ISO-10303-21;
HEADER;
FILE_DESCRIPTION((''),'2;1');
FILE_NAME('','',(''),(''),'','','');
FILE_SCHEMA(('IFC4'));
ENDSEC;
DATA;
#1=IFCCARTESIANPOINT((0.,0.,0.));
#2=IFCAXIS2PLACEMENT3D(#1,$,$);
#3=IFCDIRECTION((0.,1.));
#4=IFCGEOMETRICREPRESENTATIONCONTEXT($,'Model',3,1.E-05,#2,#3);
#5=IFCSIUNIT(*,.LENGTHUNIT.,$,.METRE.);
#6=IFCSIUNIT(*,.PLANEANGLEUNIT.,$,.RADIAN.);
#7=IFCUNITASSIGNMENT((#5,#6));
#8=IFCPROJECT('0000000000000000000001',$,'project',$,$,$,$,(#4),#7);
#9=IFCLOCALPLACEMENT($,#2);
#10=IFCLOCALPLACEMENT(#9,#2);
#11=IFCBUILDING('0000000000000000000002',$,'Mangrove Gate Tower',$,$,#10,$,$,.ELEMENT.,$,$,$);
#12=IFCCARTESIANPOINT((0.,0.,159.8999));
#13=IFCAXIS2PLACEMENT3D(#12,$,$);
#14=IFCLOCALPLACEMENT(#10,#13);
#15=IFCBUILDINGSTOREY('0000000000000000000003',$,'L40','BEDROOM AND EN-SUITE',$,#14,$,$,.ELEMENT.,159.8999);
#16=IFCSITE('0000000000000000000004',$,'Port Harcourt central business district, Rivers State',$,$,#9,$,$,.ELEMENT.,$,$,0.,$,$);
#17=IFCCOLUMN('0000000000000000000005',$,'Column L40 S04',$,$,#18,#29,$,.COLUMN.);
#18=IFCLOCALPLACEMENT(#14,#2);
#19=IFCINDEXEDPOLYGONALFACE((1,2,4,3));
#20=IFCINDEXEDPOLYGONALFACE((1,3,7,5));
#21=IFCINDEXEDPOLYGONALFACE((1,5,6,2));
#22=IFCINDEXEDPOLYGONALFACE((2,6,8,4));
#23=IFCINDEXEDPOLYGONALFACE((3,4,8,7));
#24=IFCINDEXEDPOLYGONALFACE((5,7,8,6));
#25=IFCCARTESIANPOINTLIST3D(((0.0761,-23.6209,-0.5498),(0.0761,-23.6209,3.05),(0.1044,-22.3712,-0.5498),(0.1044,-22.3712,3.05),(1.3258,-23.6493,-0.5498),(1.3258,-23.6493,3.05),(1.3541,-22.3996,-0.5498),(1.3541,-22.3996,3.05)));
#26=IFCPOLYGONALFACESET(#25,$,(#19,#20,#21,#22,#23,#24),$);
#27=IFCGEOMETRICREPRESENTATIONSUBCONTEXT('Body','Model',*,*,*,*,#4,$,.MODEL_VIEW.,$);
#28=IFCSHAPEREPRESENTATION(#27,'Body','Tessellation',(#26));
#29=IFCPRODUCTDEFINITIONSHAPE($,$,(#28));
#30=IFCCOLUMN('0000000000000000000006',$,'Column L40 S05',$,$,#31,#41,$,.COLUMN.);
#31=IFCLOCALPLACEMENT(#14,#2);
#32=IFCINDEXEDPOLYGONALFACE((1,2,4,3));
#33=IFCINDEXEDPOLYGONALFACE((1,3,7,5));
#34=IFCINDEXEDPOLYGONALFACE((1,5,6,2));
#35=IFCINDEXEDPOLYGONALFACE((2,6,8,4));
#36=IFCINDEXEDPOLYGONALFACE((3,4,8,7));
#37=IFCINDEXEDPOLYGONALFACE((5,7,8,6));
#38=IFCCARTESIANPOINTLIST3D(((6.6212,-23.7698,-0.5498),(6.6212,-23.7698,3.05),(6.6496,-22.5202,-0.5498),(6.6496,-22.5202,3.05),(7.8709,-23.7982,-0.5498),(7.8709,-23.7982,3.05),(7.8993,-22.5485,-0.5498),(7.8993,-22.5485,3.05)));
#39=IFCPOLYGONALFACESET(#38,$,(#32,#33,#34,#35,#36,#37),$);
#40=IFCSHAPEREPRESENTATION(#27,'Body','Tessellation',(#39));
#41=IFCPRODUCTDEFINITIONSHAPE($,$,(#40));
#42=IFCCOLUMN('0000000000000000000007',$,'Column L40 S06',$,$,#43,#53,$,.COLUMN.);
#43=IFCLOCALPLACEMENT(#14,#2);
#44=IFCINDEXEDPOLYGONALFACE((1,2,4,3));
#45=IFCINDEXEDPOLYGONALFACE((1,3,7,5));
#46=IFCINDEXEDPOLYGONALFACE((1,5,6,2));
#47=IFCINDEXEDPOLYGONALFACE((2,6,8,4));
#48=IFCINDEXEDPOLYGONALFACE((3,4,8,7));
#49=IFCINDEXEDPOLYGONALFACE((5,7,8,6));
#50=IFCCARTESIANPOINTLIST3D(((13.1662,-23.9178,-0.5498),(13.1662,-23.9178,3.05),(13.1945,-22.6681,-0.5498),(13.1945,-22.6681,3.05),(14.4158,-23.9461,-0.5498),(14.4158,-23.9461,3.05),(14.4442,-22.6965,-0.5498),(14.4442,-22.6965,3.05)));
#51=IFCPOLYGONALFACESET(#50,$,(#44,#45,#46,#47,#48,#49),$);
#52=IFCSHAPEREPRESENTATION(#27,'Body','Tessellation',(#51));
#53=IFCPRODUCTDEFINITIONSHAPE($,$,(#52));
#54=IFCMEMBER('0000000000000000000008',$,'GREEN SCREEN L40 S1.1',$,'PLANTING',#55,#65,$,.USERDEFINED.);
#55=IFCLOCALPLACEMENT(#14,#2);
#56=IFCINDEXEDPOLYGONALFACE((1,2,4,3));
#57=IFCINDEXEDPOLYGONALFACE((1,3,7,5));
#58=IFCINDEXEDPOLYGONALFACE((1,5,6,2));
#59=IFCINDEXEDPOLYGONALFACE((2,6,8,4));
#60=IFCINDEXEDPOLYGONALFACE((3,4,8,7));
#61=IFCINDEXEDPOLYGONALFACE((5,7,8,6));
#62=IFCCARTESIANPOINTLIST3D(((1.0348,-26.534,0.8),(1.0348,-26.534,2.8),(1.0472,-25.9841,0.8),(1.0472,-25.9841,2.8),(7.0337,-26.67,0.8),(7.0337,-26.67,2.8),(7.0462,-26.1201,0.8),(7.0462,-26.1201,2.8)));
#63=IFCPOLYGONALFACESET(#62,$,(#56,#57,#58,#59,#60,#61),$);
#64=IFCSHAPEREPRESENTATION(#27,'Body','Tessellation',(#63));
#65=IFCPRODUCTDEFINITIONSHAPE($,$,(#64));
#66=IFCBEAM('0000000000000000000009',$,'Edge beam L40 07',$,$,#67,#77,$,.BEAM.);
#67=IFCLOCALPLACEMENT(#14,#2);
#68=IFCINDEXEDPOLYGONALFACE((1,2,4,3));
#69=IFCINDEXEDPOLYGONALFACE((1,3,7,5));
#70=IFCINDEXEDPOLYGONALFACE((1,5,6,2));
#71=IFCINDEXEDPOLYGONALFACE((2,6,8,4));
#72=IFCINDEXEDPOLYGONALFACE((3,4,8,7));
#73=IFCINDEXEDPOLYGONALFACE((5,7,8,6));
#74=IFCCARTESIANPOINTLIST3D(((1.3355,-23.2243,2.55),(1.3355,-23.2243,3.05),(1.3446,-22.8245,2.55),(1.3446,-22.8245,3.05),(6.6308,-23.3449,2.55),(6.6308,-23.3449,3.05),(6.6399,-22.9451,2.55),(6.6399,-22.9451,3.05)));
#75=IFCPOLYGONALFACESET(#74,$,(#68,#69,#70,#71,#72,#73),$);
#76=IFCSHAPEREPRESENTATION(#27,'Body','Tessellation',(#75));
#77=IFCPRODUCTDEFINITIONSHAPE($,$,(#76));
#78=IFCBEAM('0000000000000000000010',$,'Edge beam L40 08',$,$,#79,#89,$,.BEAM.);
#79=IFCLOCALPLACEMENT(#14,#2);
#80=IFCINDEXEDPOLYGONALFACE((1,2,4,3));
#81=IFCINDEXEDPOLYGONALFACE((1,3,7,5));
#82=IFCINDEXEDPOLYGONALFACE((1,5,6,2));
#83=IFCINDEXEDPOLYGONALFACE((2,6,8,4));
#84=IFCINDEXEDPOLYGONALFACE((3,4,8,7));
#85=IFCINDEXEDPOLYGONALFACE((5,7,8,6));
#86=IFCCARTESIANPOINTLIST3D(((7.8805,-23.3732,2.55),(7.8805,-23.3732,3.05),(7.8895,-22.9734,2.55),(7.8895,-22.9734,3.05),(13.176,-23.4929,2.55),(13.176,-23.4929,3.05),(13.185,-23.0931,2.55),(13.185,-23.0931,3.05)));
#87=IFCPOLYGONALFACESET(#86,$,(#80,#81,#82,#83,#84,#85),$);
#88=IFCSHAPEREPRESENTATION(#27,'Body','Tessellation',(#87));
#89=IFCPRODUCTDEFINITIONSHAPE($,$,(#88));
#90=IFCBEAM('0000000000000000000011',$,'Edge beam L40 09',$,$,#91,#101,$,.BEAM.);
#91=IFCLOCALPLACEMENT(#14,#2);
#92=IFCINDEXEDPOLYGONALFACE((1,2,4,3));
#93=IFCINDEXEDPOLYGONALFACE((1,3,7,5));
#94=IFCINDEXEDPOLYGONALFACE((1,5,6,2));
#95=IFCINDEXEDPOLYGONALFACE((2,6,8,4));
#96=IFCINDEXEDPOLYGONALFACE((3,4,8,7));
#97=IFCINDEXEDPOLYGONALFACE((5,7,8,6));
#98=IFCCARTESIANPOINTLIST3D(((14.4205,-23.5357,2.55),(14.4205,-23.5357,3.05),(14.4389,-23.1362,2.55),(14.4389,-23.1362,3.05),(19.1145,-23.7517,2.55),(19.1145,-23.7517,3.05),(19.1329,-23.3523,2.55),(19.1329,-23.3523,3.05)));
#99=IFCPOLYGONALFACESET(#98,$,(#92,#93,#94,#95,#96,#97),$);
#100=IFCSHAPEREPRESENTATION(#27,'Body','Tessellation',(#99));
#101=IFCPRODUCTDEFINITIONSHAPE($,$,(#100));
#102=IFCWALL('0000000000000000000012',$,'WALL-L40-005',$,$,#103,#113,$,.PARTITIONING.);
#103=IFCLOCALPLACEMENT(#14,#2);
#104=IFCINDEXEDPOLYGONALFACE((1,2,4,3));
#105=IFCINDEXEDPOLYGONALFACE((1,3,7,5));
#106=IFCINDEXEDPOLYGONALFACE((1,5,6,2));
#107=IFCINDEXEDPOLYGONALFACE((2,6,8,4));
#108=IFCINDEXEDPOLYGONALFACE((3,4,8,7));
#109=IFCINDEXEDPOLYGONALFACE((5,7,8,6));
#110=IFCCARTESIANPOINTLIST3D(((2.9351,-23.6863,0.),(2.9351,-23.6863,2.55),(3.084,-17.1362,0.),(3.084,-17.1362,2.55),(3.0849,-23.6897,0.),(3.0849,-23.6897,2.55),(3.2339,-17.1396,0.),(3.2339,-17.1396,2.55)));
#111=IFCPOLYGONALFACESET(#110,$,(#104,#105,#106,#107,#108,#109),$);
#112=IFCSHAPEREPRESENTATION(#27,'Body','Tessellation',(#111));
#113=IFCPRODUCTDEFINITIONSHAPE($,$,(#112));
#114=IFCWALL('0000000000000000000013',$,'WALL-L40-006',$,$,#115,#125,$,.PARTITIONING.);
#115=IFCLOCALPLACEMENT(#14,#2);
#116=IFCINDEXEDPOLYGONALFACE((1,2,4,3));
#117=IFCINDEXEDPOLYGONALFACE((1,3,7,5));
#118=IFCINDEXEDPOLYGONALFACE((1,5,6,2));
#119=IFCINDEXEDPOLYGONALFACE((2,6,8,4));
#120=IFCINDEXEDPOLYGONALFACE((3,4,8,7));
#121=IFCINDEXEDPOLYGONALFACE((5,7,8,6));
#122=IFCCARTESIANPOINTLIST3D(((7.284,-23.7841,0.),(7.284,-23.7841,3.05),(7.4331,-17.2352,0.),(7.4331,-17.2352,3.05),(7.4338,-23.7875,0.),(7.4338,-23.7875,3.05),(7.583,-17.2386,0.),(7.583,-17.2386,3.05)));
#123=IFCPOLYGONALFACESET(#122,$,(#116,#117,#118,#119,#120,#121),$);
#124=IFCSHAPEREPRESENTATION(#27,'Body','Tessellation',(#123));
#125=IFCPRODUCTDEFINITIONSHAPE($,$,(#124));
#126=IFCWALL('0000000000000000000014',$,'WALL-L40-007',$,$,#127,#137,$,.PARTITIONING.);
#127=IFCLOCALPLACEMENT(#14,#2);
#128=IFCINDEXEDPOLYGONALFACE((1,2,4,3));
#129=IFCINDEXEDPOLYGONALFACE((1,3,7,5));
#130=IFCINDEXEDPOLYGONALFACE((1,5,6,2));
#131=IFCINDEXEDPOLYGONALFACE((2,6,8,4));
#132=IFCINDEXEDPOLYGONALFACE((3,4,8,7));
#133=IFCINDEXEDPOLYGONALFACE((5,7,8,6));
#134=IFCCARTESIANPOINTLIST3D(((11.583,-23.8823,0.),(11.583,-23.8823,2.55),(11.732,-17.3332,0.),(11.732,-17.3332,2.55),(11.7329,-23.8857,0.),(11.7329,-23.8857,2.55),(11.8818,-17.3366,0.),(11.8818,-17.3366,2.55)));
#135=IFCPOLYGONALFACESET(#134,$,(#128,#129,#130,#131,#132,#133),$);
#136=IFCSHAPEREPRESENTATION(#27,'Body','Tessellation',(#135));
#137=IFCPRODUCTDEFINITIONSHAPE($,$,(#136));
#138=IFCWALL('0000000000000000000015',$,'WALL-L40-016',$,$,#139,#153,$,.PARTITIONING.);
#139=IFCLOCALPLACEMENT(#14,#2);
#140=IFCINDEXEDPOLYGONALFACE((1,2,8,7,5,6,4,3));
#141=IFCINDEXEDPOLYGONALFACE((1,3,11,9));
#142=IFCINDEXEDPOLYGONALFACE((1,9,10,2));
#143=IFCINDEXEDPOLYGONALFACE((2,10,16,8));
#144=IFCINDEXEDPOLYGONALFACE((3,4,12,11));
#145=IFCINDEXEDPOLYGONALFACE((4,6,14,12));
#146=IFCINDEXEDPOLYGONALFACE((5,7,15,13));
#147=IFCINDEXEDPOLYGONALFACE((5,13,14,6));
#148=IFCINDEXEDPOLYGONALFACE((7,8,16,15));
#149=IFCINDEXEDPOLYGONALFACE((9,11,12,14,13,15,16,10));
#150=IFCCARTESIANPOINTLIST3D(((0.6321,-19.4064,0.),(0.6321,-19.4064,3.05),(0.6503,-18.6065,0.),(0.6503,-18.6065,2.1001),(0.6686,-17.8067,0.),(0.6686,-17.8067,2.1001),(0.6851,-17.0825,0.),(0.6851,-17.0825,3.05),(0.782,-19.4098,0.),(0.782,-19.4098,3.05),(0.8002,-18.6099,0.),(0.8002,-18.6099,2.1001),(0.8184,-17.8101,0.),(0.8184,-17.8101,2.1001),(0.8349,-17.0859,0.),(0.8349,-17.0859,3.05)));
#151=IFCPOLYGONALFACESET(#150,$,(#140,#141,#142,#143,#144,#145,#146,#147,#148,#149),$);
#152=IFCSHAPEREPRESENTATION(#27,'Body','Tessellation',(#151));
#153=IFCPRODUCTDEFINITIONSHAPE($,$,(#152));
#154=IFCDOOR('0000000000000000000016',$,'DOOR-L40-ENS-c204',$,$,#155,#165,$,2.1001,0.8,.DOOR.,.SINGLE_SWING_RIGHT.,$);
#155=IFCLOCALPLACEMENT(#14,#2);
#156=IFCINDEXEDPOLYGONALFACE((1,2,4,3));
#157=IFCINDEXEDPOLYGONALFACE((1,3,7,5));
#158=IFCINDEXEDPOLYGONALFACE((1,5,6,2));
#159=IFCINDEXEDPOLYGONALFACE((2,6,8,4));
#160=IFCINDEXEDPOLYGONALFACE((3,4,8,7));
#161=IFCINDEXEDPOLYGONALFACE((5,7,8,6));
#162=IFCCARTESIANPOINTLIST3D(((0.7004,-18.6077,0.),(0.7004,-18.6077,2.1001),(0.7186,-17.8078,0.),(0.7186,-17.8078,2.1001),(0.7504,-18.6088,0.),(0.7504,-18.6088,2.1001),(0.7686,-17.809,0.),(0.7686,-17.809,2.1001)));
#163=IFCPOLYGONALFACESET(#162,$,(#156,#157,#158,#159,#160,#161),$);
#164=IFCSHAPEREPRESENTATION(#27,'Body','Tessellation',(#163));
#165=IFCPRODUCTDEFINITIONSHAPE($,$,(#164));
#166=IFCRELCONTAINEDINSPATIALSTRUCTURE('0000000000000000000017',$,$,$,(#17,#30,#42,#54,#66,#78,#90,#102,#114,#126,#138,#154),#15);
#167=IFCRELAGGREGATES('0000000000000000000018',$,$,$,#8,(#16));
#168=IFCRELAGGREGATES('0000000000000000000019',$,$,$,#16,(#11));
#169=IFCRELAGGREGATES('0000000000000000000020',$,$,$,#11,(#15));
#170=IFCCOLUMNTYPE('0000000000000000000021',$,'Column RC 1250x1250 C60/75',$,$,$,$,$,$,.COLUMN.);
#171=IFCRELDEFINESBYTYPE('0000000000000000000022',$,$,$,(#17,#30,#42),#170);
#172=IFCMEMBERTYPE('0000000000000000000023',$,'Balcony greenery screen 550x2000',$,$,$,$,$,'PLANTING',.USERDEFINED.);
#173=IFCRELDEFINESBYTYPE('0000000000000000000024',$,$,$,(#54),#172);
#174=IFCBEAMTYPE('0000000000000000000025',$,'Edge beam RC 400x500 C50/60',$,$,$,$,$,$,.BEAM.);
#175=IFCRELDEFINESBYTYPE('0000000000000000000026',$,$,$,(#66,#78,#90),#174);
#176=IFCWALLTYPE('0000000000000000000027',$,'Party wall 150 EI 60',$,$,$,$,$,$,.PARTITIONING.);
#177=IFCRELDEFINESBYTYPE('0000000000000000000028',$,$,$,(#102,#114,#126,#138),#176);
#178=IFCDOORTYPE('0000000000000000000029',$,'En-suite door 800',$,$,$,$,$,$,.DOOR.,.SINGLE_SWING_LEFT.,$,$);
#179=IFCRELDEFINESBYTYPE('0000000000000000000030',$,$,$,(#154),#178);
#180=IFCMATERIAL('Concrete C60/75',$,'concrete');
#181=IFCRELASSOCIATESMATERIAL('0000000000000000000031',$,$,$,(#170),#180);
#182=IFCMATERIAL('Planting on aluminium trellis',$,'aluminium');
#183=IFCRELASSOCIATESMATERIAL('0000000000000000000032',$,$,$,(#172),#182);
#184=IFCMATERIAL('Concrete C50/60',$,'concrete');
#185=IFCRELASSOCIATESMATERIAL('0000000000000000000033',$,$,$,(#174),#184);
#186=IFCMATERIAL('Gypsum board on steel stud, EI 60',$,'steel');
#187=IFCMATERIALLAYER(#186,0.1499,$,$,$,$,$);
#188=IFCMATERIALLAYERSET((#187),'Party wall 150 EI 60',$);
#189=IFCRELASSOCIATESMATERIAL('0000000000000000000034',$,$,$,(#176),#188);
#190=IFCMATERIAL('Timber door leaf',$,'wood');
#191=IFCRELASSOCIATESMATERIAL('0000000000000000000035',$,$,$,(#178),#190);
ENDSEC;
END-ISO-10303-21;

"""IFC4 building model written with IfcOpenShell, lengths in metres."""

from ifc_helpers import new_model, si_unit, direction, frame, frame_2d, origin, origin_2d, place, context, subcontext, project, spatial, rectangle, extrude, material, layer, layer_set, material_profile, profile_set, type_object, element, fill, save


model = new_model("IFC4")

# Units and contexts
model_context = context("Model", 3, precision=1e-05, world=origin(), true_north=direction((0.0, 1.0)))
body_context = subcontext(model_context, "Body", "Model", "MODEL_VIEW")
ifc_project = project(units=[si_unit("LENGTHUNIT", "METRE"), si_unit("PLANEANGLEUNIT", "RADIAN")], contexts=[model_context])

# Site, building, storey
site_placement = place(None, origin())
site = spatial("IfcSite", under=ifc_project, at=site_placement, Name="Port Harcourt central business district, Rivers State", CompositionType="ELEMENT", RefElevation=0.0)
building_placement = place(site_placement, origin())
building = spatial("IfcBuilding", under=site, at=building_placement, Name="Mangrove Gate Tower", CompositionType="ELEMENT")
storey_placement = place(building_placement, frame((0.0, 0.0, 159.8999)))
storey = spatial("IfcBuildingStorey", under=building, at=storey_placement, Name="L40", Description="BEDROOM AND EN-SUITE", CompositionType="ELEMENT", Elevation=159.8999)

# Columns
ifc_material_1 = material(Name="Concrete C60/75", Category="concrete")
ifc_material_profile_1 = material_profile(ifc_material_1, rectangle(XDim=1.25, YDim=1.25, at=origin_2d()))
ifc_profile_set_1 = profile_set([ifc_material_profile_1], Name="Concrete C60/75")
column_type = type_object("IfcColumnType", Name="Column RC 1250x1250 C60/75", PredefinedType="COLUMN", material=ifc_profile_set_1)
for number, where, z_axis, x_axis, name in (
    (1, (0.7151, -23.0103, -0.5498), (0.0, 0.0, 1.0), (0.999743, -0.022683, 0.0), "Column L40 S04"),
    (2, (7.2603, -23.1592, -0.5498), (0.0, 0.0, 1.0), (0.999743, -0.022683, 0.0), "Column L40 S05"),
    (3, (13.8052, -23.3071, -0.5498), (0.0, 0.0, 1.0), (0.999743, -0.022683, 0.0), "Column L40 S06"),
):
    element("IfcColumn", number, at=place(storey_placement, frame(where, z_axis=z_axis, x_axis=x_axis)), inside=storey, type_object=column_type, Name=name, PredefinedType="COLUMN", context=body_context, shape_type="SweptSolid", body=[
        extrude(rectangle(XDim=1.25, YDim=1.25, at=origin_2d()), origin(), (0.0, 0.0, 1.0), 3.5999),
    ])

# Member
ifc_material_2 = material(Name="Planting on aluminium trellis", Category="aluminium")
ifc_material_profile_2 = material_profile(ifc_material_2, rectangle(XDim=0.55, YDim=2.0, at=origin_2d()))
ifc_profile_set_2 = profile_set([ifc_material_profile_2], Name="Planting on aluminium trellis")
member_type = type_object("IfcMemberType", Name="Balcony greenery screen 550x2000", ElementType="PLANTING", PredefinedType="USERDEFINED", material=ifc_profile_set_2)
member_placement = place(storey_placement, frame((1.041, -26.259, 1.8), z_axis=(0.999743, -0.022662, 0.0), x_axis=(0.022662, 0.999743, 0.0)))
element("IfcMember", 4, at=member_placement, inside=storey, type_object=member_type, Name="GREEN SCREEN L40 S1.1", ObjectType="PLANTING", PredefinedType="USERDEFINED", context=body_context, shape_type="SweptSolid", body=[
    extrude(rectangle(XDim=0.55, YDim=2.0, at=origin_2d()), origin(), (0.0, 0.0, 1.0), 6.0005),
])

# Beams
ifc_material_3 = material(Name="Concrete C50/60", Category="concrete")
ifc_material_profile_3 = material_profile(ifc_material_3, rectangle(XDim=0.3999, YDim=0.5, at=origin_2d()))
ifc_profile_set_3 = profile_set([ifc_material_profile_3], Name="Concrete C50/60")
beam_type = type_object("IfcBeamType", Name="Edge beam RC 400x500 C50/60", PredefinedType="BEAM", material=ifc_profile_set_3)
beam_1_placement = place(storey_placement, frame((1.3401, -23.0244, 2.8), z_axis=(0.999741, -0.022771, 0.0), x_axis=(0.022771, 0.999741, 0.0)))
element("IfcBeam", 5, at=beam_1_placement, inside=storey, type_object=beam_type, Name="Edge beam L40 07", PredefinedType="BEAM", context=body_context, shape_type="SweptSolid", body=[
    extrude(rectangle(XDim=0.3999, YDim=0.5, at=origin_2d()), origin(), (0.0, 0.0, 1.0), 5.2966),
])
beam_2_placement = place(storey_placement, frame((7.885, -23.1733, 2.8), z_axis=(0.999745, -0.022585, 0.0), x_axis=(0.022585, 0.999745, 0.0)))
element("IfcBeam", 6, at=beam_2_placement, inside=storey, type_object=beam_type, Name="Edge beam L40 08", PredefinedType="BEAM", context=body_context, shape_type="SweptSolid", body=[
    extrude(rectangle(XDim=0.3999, YDim=0.5, at=origin_2d()), origin(), (0.0, 0.0, 1.0), 5.2969),
])
beam_3_placement = place(storey_placement, frame((14.4297, -23.3359, 2.8), z_axis=(0.998942, -0.04598, 0.0), x_axis=(0.04598, 0.998942, 0.0)))
element("IfcBeam", 7, at=beam_3_placement, inside=storey, type_object=beam_type, Name="Edge beam L40 09", PredefinedType="BEAM", context=body_context, shape_type="SweptSolid", body=[
    extrude(rectangle(XDim=0.3999, YDim=0.5, at=origin_2d()), origin(), (0.0, 0.0, 1.0), 4.699),
])

# Walls
ifc_material_4 = material(Name="Gypsum board on steel stud, EI 60", Category="steel")
ifc_layer_1 = layer(ifc_material_4, 0.1499)
ifc_layer_set_1 = layer_set([ifc_layer_1], Name="Party wall 150 EI 60")
wall_type_1 = type_object("IfcWallType", Name="Party wall 150 EI 60", PredefinedType="PARTITIONING", material=ifc_layer_set_1)
wall_1_placement = place(storey_placement, frame((3.01, -23.688, 0.0), z_axis=(0.0, 0.0, 1.0), x_axis=(0.022731, 0.999742, 0.0)))
element("IfcWall", 8, at=wall_1_placement, inside=storey, type_object=wall_type_1, Name="WALL-L40-005", PredefinedType="PARTITIONING", context=body_context, shape_type="SweptSolid", body=[
    extrude(rectangle(XDim=6.5518, YDim=0.1499, at=frame_2d((3.2759, 0.0))), origin(), (0.0, 0.0, 1.0), 2.55),
])
wall_2_placement = place(storey_placement, frame((7.3589, -23.7859, 0.0), z_axis=(0.0, 0.0, 1.0), x_axis=(0.022772, 0.999741, 0.0)))
element("IfcWall", 9, at=wall_2_placement, inside=storey, type_object=wall_type_1, Name="WALL-L40-006", PredefinedType="PARTITIONING", context=body_context, shape_type="SweptSolid", body=[
    extrude(rectangle(XDim=6.5505, YDim=0.1499, at=frame_2d((3.2754, 0.0))), origin(), (0.0, 0.0, 1.0), 3.05),
])
wall_3_placement = place(storey_placement, frame((11.658, -23.884, 0.0), z_axis=(0.0, 0.0, 1.0), x_axis=(0.022734, 0.999742, 0.0)))
element("IfcWall", 10, at=wall_3_placement, inside=storey, type_object=wall_type_1, Name="WALL-L40-007", PredefinedType="PARTITIONING", context=body_context, shape_type="SweptSolid", body=[
    extrude(rectangle(XDim=6.5508, YDim=0.1499, at=frame_2d((3.2754, 0.0))), origin(), (0.0, 0.0, 1.0), 2.55),
])

# Wall, opening, door
wall_4_placement = place(storey_placement, frame((0.707, -19.408, 0.0), z_axis=(0.0, 0.0, 1.0), x_axis=(0.022791, 0.99974, 0.0)))
wall_4 = element("IfcWall", 11, at=wall_4_placement, inside=storey, type_object=wall_type_1, Name="WALL-L40-016", PredefinedType="PARTITIONING", context=body_context, shape_type="SweptSolid", body=[
    extrude(rectangle(XDim=2.3245, YDim=0.1499, at=frame_2d((1.1621, 0.0))), origin(), (0.0, 0.0, 1.0), 3.05),
])
opening_1_placement = place(wall_4_placement, frame((0.8, 0.0, 0.0)))
opening_1 = element("IfcOpeningElement", 12, at=opening_1_placement, cuts=wall_4, PredefinedType="OPENING", context=body_context, shape_type="SweptSolid", body=[
    extrude(rectangle(XDim=0.8, YDim=2.1001, at=frame_2d((0.3999, 1.05))), frame((0.0, 0.085, 0.0), z_axis=(0.0, -1.0, 0.0), x_axis=(1.0, 0.0, 0.0)), (0.0, 0.0, 1.0), 0.1699),
])
ifc_material_5 = material(Name="Timber door leaf", Category="wood")
door_type = type_object("IfcDoorType", Name="En-suite door 800", OperationType="SINGLE_SWING_LEFT", PredefinedType="DOOR", material=ifc_material_5)
door_1_placement = place(opening_1_placement, origin())
door_1 = element("IfcDoor", 13, at=door_1_placement, inside=storey, type_object=door_type, Name="DOOR-L40-ENS-c204", OperationType="SINGLE_SWING_RIGHT", OverallHeight=2.1001, OverallWidth=0.8, PredefinedType="DOOR", context=body_context, shape_type="SweptSolid", body=[
    extrude(rectangle(XDim=0.8, YDim=2.1001, at=frame_2d((0.3999, 1.05))), frame((0.0, 0.0249, 0.0), z_axis=(0.0, -1.0, 0.0), x_axis=(1.0, 0.0, 0.0)), (0.0, 0.0, 1.0), 0.05),
])
fill(opening_1, door_1)

save(model, "model.ifc")
